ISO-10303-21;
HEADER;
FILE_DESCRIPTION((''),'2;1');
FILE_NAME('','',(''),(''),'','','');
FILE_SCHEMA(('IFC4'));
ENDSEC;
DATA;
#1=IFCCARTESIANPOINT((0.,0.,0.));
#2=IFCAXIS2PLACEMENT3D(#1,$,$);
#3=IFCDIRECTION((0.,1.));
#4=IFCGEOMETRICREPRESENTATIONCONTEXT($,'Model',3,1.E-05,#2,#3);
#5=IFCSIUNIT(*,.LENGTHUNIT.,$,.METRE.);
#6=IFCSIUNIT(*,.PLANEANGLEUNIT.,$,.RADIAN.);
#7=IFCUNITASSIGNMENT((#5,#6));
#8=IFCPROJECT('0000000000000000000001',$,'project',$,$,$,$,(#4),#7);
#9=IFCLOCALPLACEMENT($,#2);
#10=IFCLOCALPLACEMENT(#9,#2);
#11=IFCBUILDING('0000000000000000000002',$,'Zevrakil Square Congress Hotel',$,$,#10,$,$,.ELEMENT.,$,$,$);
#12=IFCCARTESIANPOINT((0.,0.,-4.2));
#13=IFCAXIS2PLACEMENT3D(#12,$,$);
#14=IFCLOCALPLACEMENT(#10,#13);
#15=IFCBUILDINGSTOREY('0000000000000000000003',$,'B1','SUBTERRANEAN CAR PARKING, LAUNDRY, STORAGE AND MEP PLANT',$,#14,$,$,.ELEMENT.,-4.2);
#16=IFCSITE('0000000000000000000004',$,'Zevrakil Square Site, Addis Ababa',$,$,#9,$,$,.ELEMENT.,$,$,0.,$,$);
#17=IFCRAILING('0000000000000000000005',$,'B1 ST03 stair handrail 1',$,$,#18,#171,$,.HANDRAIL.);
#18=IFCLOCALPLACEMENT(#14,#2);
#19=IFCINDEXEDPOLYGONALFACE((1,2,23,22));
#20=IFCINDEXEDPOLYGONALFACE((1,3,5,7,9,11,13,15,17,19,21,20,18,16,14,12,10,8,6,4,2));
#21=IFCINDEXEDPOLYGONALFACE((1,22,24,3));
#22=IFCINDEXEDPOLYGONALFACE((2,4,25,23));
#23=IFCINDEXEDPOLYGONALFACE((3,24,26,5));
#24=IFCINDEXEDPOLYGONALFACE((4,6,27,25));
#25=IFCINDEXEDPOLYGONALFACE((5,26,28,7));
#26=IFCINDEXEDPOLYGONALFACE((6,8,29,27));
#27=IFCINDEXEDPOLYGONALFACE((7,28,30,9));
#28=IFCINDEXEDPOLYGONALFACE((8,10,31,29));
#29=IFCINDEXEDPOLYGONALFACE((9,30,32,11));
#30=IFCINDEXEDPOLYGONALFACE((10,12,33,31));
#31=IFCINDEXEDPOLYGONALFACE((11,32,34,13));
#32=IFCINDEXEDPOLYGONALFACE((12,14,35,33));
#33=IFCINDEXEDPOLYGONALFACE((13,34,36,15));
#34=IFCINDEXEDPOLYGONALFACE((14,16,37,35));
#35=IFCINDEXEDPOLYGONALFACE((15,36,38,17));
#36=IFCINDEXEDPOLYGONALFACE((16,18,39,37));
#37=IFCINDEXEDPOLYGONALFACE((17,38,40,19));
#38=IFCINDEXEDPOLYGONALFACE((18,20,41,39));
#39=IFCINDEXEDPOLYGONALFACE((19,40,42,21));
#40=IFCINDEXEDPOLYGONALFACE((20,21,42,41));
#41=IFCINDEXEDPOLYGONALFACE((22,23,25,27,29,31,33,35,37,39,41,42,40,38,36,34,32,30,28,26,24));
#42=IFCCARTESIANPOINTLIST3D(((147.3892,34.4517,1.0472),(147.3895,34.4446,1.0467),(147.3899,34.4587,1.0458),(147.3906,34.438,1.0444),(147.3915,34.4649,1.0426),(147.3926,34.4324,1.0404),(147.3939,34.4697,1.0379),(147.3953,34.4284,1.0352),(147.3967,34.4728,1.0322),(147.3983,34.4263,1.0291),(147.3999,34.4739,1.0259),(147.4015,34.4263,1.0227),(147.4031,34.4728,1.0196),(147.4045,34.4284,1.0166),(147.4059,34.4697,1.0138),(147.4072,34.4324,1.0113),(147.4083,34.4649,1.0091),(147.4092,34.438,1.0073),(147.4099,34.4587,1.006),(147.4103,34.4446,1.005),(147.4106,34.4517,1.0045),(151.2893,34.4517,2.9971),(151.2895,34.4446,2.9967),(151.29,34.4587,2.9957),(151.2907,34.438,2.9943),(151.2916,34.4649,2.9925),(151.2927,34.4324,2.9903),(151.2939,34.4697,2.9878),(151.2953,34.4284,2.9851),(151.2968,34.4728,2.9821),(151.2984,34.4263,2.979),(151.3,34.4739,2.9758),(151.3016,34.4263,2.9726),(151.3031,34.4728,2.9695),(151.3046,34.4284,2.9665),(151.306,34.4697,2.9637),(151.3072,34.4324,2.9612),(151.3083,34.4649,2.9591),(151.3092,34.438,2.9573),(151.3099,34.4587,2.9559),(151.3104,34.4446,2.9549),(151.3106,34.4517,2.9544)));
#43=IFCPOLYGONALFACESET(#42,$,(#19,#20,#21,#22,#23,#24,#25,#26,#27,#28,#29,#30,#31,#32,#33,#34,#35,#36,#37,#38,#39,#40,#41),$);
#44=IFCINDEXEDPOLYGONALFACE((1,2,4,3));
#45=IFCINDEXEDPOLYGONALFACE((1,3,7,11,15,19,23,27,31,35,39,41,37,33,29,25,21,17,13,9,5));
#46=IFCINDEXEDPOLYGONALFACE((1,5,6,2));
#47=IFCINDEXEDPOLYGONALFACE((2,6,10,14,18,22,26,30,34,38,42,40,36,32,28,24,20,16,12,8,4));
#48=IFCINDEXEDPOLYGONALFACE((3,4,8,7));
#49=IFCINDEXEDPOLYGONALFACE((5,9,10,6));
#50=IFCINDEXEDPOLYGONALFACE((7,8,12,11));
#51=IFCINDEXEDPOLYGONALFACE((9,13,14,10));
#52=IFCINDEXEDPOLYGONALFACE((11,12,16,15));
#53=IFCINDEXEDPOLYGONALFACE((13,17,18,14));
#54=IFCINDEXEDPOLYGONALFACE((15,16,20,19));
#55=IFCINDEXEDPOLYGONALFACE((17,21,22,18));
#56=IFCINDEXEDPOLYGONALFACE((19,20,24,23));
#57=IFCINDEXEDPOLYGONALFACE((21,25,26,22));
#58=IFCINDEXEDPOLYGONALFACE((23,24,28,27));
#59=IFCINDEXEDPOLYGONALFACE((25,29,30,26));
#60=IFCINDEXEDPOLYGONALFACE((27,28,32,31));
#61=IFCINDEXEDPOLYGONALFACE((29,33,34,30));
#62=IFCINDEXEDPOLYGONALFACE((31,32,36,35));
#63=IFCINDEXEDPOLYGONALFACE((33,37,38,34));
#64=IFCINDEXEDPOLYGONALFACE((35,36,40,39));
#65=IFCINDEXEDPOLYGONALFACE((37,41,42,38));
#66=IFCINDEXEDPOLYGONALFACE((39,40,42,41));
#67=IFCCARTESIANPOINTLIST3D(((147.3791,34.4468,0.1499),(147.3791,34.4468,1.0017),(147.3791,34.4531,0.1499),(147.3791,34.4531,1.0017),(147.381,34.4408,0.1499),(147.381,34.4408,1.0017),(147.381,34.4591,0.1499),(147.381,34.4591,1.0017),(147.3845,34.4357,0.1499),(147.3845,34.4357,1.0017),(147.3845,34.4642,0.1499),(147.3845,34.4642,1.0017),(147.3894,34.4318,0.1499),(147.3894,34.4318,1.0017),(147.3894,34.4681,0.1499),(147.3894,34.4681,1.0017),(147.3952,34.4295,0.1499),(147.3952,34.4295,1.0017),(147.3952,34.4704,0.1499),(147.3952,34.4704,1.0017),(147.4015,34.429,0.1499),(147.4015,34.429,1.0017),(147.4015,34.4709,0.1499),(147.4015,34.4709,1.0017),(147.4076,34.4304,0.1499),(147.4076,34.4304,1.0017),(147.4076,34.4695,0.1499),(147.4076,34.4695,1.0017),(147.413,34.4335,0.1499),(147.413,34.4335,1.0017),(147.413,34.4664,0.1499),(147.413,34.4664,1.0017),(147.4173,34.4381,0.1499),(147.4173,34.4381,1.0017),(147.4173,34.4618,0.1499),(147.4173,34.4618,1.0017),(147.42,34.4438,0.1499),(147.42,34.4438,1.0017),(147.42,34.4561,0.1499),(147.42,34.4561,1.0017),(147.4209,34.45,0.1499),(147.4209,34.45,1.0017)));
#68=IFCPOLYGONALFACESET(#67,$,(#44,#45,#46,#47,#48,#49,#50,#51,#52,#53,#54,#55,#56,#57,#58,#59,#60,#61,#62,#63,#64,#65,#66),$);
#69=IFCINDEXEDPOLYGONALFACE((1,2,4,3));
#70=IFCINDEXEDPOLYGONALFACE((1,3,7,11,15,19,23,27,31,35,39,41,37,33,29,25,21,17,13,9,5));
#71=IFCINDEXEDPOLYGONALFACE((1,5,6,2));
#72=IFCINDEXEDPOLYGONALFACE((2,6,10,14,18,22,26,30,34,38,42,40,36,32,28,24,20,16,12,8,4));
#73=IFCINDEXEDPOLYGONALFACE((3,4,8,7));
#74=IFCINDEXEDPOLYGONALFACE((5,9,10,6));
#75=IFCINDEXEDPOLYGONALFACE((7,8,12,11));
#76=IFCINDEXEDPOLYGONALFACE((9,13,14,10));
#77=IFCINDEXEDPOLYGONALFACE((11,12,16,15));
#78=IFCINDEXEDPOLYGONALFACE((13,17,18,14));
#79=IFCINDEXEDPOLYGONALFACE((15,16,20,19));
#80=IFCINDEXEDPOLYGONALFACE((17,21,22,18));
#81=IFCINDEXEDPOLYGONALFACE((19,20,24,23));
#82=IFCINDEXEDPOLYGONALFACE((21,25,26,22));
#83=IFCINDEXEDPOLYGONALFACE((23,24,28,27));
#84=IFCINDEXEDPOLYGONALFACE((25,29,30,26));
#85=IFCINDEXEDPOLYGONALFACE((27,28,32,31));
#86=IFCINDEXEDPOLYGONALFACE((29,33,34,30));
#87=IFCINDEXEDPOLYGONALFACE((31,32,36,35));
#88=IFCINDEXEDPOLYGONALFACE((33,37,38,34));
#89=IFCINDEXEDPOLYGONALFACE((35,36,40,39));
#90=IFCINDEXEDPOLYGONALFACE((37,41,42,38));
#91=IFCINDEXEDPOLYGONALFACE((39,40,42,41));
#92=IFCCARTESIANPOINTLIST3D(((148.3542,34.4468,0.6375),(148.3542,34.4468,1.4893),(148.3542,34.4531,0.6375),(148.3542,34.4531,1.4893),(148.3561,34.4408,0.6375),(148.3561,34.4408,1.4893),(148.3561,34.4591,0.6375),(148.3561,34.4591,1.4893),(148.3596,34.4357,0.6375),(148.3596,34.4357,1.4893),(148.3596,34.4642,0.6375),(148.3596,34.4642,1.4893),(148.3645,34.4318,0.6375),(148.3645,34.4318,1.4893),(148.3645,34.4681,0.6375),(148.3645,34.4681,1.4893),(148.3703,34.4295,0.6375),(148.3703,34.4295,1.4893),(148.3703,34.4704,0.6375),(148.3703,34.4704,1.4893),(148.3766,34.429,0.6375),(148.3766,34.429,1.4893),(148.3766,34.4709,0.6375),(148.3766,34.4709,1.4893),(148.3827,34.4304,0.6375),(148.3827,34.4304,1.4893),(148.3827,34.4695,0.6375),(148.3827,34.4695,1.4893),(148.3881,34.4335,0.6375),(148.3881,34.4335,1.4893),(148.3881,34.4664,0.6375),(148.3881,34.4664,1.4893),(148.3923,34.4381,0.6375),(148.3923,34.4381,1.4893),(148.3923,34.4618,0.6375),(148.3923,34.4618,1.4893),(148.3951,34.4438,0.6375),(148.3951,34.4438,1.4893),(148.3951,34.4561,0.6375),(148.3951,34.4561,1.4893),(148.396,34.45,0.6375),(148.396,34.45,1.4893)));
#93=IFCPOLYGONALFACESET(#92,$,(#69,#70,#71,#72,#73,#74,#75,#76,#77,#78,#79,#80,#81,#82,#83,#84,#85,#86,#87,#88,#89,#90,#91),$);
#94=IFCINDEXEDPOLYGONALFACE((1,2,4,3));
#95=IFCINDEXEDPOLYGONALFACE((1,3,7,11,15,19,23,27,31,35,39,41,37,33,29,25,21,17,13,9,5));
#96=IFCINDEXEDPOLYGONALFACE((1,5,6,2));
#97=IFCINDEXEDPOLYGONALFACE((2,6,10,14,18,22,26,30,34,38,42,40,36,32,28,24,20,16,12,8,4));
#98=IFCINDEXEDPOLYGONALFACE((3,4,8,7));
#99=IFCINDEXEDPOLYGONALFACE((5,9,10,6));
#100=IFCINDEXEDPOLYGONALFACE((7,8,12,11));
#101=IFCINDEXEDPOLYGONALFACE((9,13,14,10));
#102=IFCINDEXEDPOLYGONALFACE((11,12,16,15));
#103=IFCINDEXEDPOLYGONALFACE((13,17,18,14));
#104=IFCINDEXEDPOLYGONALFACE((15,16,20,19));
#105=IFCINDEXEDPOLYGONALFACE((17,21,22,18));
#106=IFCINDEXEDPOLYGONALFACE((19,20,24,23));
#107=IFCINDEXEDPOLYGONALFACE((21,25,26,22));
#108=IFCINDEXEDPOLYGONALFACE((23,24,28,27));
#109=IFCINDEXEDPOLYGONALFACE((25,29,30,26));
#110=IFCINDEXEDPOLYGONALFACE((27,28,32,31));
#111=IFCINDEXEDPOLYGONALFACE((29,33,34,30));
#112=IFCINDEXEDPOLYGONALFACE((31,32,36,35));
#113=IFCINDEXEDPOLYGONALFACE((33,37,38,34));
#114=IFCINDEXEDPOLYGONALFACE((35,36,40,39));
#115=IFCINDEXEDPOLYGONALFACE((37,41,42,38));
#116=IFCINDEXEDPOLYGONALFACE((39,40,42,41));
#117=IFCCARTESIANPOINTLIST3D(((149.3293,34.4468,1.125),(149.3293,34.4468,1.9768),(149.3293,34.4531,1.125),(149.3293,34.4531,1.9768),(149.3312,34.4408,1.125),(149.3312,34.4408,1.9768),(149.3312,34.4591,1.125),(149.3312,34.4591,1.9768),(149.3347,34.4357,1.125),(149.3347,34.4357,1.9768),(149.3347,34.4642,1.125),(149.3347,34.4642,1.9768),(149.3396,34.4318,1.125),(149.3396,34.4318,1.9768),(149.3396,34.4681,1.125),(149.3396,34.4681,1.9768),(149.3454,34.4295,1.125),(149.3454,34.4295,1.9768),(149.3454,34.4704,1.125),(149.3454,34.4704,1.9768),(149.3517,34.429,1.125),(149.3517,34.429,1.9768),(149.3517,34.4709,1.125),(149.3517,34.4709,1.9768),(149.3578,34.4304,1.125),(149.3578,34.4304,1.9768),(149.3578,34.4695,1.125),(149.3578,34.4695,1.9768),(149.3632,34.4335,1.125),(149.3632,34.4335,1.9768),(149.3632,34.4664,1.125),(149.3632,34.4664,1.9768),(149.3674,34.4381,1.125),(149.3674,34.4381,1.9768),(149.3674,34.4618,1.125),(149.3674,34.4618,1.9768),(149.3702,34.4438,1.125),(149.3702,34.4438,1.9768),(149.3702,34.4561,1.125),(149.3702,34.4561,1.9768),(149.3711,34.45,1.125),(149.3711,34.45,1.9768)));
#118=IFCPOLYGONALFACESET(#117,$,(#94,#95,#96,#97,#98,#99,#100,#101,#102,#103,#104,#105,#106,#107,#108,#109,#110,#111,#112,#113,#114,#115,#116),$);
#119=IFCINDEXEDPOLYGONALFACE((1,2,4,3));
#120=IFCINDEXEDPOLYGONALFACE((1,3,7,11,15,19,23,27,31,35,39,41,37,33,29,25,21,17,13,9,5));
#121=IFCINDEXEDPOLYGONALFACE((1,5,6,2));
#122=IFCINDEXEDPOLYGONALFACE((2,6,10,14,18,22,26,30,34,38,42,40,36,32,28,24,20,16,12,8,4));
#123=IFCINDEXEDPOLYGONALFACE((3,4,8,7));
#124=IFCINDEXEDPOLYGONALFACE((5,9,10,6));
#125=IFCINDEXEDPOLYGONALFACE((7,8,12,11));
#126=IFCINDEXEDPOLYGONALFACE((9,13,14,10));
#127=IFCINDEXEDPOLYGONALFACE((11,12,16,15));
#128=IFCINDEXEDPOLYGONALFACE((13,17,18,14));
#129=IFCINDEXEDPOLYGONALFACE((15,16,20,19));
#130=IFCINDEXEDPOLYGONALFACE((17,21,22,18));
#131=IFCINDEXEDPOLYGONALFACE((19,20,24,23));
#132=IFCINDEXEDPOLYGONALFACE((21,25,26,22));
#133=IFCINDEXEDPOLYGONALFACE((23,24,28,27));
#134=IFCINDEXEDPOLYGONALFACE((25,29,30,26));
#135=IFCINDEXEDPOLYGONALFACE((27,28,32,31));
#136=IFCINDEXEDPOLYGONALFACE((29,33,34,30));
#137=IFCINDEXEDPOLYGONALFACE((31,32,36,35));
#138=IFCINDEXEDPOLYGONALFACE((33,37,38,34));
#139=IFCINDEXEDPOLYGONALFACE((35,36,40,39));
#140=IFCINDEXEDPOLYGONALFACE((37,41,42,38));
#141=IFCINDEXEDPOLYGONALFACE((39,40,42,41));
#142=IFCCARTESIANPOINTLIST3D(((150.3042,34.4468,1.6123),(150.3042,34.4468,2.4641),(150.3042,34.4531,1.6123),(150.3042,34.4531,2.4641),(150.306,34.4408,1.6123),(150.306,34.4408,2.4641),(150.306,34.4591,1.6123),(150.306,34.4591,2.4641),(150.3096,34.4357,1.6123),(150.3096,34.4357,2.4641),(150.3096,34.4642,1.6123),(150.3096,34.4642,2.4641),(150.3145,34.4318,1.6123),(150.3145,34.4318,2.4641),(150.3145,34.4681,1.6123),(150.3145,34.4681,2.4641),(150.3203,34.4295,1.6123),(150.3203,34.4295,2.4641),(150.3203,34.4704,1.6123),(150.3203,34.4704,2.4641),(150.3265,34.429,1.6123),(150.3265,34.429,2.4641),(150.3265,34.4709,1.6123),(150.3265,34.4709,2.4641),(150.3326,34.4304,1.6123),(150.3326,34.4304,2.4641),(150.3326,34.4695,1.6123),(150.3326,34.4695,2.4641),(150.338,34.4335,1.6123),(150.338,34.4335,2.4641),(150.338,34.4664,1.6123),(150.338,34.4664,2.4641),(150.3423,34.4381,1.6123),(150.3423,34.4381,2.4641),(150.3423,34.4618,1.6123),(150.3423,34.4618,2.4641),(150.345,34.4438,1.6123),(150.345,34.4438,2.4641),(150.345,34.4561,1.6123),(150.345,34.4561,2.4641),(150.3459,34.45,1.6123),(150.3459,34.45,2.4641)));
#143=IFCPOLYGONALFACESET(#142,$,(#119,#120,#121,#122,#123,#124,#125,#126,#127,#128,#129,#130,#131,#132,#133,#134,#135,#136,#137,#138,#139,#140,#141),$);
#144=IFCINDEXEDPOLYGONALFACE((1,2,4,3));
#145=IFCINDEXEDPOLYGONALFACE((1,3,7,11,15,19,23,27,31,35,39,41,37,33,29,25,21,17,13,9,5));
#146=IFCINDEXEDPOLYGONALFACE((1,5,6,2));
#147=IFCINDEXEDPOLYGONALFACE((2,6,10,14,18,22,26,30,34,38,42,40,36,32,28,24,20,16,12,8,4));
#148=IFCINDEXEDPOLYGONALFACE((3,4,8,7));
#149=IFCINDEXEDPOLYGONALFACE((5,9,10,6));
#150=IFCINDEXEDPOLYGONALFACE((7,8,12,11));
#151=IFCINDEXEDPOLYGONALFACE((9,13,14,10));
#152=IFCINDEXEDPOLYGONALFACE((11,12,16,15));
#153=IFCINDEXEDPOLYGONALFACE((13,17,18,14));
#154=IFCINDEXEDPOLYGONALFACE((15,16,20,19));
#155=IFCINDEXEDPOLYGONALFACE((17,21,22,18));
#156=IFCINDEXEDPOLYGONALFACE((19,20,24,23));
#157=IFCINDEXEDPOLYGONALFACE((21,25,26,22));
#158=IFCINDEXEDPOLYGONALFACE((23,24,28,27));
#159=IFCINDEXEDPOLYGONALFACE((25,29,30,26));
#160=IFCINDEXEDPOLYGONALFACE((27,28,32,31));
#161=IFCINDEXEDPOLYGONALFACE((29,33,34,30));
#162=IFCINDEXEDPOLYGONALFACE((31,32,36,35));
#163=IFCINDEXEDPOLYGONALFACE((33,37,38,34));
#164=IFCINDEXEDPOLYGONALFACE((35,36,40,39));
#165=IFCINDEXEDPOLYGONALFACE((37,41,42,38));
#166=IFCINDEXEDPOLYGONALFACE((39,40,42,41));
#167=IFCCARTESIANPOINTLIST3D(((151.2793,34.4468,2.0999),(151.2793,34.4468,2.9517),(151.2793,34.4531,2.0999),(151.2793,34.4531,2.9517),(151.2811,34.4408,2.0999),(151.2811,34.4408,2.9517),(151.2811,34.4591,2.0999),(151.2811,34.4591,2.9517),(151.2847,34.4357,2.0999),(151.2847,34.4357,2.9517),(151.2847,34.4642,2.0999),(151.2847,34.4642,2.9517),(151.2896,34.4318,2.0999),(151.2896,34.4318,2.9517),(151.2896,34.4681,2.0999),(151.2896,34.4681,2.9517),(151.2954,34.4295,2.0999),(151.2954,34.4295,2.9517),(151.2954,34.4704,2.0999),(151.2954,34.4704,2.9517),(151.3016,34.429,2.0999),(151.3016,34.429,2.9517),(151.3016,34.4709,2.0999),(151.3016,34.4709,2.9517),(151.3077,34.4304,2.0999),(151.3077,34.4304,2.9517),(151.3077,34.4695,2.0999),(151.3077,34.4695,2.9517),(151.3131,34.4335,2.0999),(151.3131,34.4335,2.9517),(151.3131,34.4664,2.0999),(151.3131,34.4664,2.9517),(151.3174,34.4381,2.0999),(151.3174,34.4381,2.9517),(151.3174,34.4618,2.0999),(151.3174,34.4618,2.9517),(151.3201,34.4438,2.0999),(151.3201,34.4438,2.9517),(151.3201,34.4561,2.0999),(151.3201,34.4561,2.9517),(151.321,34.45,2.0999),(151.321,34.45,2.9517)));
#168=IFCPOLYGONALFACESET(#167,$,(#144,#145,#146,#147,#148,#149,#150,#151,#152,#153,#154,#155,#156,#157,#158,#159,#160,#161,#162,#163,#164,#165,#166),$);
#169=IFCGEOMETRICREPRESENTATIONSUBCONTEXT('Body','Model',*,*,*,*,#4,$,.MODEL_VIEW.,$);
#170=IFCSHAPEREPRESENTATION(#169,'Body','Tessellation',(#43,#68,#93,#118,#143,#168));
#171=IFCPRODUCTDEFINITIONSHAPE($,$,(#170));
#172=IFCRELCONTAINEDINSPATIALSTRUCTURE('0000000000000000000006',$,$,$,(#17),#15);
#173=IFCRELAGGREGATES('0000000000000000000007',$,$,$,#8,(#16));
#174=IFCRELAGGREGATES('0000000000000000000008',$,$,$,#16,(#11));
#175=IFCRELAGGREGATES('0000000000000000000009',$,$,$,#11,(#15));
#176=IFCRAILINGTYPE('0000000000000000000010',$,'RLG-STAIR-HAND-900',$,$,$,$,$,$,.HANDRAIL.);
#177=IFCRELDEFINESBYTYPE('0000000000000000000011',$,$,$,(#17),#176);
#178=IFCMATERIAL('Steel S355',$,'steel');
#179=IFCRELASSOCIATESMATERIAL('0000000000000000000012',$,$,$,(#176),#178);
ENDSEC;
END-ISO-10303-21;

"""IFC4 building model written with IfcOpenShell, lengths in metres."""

from ifc_helpers import new_model, si_unit, direction, frame, origin, origin_2d, place, context, subcontext, project, spatial, circle, extrude, material, type_object, element, save


model = new_model("IFC4")

# Units and contexts
model_context = context("Model", 3, precision=1e-05, world=origin(), true_north=direction((0.0, 1.0)))
body_context = subcontext(model_context, "Body", "Model", "MODEL_VIEW")
ifc_project = project(units=[si_unit("LENGTHUNIT", "METRE"), si_unit("PLANEANGLEUNIT", "RADIAN")], contexts=[model_context])

# Site, building, storey
site_placement = place(None, origin())
site = spatial("IfcSite", under=ifc_project, at=site_placement, Name="Zevrakil Square Site, Addis Ababa", CompositionType="ELEMENT", RefElevation=0.0)
building_placement = place(site_placement, origin())
building = spatial("IfcBuilding", under=site, at=building_placement, Name="Zevrakil Square Congress Hotel", CompositionType="ELEMENT")
storey_placement = place(building_placement, frame((0.0, 0.0, -4.2)))
storey = spatial("IfcBuildingStorey", under=building, at=storey_placement, Name="B1", Description="SUBTERRANEAN CAR PARKING, LAUNDRY, STORAGE AND MEP PLANT", CompositionType="ELEMENT", Elevation=-4.2)

# Railing
ifc_material_1 = material(Name="Steel S355", Category="steel")
railing_type_1 = type_object("IfcRailingType", Name="RLG-STAIR-HAND-900", PredefinedType="HANDRAIL", material=ifc_material_1)
railing_1_placement = place(storey_placement, frame((147.3999, 34.45, 0.1499)))
element("IfcRailing", 1, at=railing_1_placement, inside=storey, type_object=railing_type_1, Name="B1 ST03 stair handrail 1", PredefinedType="HANDRAIL", context=body_context, shape_type="SweptSolid", body=[
    extrude(circle(Radius=0.0239, at=origin_2d()), frame((0.0, 0.0, 0.876), z_axis=(0.894438, 0.0, 0.447191), x_axis=(0.0, 1.0, 0.0)), (0.0, 0.0, 1.0), 4.3604),
    extrude(circle(Radius=0.021, at=origin_2d()), origin(), (0.0, 0.0, 1.0), 0.8518),
    extrude(circle(Radius=0.021, at=origin_2d()), frame((0.9751, 0.0, 0.4875)), (0.0, 0.0, 1.0), 0.8518),
    extrude(circle(Radius=0.021, at=origin_2d()), frame((1.9502, 0.0, 0.9751)), (0.0, 0.0, 1.0), 0.8518),
    extrude(circle(Radius=0.021, at=origin_2d()), frame((2.925, 0.0, 1.4624)), (0.0, 0.0, 1.0), 0.8518),
    extrude(circle(Radius=0.021, at=origin_2d()), frame((3.9001, 0.0, 1.95)), (0.0, 0.0, 1.0), 0.8518),
])

save(model, "model.ifc")
